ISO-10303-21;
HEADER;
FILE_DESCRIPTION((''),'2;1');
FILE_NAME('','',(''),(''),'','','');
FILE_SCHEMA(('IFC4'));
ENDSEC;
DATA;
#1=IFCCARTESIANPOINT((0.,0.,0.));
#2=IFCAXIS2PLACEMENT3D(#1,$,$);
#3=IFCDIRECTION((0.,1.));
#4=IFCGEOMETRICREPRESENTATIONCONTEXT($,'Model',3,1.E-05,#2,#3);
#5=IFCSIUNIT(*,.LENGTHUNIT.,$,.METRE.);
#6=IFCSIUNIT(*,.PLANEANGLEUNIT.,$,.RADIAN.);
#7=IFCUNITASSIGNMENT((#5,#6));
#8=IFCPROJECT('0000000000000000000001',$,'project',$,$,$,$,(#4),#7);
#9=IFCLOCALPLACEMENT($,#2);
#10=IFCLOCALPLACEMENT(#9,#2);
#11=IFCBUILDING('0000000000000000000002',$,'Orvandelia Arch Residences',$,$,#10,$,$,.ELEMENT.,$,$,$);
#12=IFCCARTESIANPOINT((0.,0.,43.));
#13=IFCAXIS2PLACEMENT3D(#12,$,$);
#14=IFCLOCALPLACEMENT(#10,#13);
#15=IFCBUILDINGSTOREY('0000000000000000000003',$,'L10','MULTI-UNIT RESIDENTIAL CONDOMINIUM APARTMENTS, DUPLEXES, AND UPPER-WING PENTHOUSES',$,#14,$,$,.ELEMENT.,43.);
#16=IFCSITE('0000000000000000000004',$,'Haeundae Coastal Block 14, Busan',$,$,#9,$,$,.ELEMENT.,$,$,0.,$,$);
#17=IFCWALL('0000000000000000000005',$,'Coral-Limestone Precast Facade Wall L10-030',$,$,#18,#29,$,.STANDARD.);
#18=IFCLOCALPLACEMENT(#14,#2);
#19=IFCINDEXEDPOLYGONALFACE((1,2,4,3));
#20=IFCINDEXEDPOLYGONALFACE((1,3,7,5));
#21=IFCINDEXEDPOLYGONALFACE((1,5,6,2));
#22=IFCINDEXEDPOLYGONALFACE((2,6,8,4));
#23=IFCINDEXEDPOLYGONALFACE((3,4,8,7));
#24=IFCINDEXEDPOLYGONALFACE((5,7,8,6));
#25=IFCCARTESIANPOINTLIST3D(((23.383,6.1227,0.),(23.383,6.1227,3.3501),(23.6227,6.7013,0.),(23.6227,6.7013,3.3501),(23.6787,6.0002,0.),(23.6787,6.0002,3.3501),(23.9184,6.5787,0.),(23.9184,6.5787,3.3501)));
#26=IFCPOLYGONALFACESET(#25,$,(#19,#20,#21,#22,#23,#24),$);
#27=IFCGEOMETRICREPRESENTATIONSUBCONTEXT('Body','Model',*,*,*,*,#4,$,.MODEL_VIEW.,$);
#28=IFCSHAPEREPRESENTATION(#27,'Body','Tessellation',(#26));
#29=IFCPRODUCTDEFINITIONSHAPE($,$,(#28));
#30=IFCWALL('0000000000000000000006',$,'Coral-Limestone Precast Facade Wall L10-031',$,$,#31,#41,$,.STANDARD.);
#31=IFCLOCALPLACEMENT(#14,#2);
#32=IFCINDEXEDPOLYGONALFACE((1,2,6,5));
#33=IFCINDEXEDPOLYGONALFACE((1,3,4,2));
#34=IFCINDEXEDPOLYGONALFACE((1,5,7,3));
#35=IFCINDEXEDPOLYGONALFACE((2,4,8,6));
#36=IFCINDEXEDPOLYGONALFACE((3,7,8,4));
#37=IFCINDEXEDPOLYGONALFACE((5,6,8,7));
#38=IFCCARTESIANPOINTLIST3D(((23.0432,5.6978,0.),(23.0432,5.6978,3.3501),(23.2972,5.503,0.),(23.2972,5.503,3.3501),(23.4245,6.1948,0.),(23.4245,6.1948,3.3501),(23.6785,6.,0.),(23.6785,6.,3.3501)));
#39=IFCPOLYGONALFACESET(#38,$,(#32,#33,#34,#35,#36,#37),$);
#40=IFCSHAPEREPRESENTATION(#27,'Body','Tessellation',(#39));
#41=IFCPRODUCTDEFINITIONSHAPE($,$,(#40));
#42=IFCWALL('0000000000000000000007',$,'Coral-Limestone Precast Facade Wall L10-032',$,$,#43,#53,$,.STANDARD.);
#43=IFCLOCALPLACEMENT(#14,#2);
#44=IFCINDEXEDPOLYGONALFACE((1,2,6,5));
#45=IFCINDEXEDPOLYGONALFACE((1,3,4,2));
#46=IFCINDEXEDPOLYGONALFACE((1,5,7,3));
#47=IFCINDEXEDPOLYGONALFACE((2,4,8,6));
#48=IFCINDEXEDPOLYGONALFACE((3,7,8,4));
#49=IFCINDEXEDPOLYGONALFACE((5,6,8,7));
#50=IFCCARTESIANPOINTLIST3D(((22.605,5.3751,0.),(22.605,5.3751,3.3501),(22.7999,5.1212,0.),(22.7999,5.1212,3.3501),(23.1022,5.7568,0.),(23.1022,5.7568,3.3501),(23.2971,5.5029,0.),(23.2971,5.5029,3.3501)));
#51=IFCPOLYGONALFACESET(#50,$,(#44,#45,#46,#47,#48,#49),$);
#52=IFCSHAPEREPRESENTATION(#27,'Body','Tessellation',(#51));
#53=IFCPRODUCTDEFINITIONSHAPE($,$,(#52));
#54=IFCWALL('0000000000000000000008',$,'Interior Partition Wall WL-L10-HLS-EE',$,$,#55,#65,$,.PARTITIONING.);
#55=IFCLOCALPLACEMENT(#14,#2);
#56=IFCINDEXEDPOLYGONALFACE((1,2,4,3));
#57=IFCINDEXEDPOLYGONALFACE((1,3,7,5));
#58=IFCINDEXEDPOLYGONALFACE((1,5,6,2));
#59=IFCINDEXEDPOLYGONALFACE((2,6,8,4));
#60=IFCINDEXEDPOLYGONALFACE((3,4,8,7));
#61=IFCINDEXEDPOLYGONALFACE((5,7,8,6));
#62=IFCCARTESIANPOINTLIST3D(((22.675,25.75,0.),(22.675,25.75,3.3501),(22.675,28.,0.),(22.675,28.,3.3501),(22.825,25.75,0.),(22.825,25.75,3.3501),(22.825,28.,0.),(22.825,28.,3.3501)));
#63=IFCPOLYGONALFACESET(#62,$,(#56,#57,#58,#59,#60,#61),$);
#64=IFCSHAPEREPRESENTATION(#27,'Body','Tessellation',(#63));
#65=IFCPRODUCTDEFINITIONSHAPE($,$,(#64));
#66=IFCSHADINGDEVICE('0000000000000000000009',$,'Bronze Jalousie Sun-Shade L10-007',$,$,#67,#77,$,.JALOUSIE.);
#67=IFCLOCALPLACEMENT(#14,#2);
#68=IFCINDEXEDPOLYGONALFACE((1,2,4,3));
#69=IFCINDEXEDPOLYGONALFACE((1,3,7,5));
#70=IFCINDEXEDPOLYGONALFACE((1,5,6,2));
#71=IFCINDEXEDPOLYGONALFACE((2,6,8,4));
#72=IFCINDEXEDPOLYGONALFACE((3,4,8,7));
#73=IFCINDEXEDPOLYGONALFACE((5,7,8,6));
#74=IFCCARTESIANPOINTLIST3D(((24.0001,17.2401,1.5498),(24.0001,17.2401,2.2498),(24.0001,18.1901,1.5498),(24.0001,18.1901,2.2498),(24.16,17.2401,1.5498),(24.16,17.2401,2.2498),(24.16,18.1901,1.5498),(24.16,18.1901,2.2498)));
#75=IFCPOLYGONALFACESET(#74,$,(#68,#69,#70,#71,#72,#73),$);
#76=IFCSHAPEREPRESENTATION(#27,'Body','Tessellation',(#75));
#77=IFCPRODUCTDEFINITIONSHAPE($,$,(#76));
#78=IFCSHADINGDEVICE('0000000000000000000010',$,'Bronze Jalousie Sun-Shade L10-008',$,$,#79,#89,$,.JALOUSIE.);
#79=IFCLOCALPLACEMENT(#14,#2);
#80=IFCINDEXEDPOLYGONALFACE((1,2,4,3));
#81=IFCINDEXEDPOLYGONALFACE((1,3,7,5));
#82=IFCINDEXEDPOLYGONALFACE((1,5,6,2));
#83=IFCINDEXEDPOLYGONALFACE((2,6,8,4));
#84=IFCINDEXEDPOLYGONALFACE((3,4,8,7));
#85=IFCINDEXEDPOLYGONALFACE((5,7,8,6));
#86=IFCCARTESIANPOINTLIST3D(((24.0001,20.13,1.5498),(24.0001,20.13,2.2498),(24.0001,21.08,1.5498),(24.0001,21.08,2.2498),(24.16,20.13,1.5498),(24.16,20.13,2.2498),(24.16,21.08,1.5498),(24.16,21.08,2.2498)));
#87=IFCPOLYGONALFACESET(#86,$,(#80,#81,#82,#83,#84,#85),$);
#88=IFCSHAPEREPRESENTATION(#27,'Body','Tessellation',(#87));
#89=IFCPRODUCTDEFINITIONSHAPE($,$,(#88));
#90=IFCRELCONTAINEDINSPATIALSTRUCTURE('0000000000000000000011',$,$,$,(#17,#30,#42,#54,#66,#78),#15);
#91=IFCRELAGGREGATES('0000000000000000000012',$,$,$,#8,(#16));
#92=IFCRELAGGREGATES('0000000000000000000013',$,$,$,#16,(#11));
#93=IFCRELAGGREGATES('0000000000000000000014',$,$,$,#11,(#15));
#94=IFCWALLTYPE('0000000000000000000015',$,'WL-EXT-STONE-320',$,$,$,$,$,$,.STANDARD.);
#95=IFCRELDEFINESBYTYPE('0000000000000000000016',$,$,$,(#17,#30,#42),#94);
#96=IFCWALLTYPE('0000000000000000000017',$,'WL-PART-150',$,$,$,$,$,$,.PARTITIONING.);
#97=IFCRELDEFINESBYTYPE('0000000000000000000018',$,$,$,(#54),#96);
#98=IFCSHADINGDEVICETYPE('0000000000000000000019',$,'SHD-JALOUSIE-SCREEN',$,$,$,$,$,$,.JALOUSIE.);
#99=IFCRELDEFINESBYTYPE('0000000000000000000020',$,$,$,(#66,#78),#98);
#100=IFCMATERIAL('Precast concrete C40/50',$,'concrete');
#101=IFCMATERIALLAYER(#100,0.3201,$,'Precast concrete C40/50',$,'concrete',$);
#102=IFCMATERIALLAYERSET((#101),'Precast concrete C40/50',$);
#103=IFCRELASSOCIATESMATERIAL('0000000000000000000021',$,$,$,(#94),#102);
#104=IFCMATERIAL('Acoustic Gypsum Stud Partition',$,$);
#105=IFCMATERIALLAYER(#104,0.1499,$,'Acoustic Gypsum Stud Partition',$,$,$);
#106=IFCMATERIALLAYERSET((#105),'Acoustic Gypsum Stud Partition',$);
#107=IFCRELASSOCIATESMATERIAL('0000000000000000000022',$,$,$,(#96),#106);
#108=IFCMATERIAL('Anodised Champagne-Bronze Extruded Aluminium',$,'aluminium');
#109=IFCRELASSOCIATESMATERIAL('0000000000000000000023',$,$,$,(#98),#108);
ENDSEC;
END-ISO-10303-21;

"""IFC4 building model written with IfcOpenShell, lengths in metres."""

from ifc_helpers import new_model, si_unit, direction, frame, frame_2d, origin, origin_2d, place, context, subcontext, project, spatial, rectangle, extrude, material, layer, layer_set, type_object, element, save


model = new_model("IFC4")

# Units and contexts
model_context = context("Model", 3, precision=1e-05, world=origin(), true_north=direction((0.0, 1.0)))
body_context = subcontext(model_context, "Body", "Model", "MODEL_VIEW")
ifc_project = project(units=[si_unit("LENGTHUNIT", "METRE"), si_unit("PLANEANGLEUNIT", "RADIAN")], contexts=[model_context])

# Site, building, storey
site_placement = place(None, origin())
site = spatial("IfcSite", under=ifc_project, at=site_placement, Name="Haeundae Coastal Block 14, Busan", CompositionType="ELEMENT", RefElevation=0.0)
building_placement = place(site_placement, origin())
building = spatial("IfcBuilding", under=site, at=building_placement, Name="Orvandelia Arch Residences", CompositionType="ELEMENT")
storey_placement = place(building_placement, frame((0.0, 0.0, 43.0)))
storey = spatial("IfcBuildingStorey", under=building, at=storey_placement, Name="L10", Description="MULTI-UNIT RESIDENTIAL CONDOMINIUM APARTMENTS, DUPLEXES, AND UPPER-WING PENTHOUSES", CompositionType="ELEMENT", Elevation=43.0)

# Shared definitions
ifc_material_1 = material(Name="Precast concrete C40/50", Category="concrete")
ifc_layer_1 = layer(ifc_material_1, 0.3201, Name="Precast concrete C40/50", Category="concrete")
ifc_layer_set_1 = layer_set([ifc_layer_1], Name="Precast concrete C40/50")
wall_type_1 = type_object("IfcWallType", Name="WL-EXT-STONE-320", PredefinedType="STANDARD", material=ifc_layer_set_1)

# Walls
wall_1_placement = place(storey_placement, frame((23.7705, 6.6399, 0.0), z_axis=(0.0, 0.0, 1.0), x_axis=(-0.382788, -0.923836, 0.0)))
element("IfcWall", 1, at=wall_1_placement, inside=storey, type_object=wall_type_1, Name="Coral-Limestone Precast Facade Wall L10-030", PredefinedType="STANDARD", context=body_context, shape_type="SweptSolid", body=[
    extrude(rectangle(XDim=0.6262, YDim=0.3201, at=frame_2d((0.313, 0.0))), origin(), (0.0, 0.0, 1.0), 3.3501),
])
wall_2_placement = place(storey_placement, frame((23.5515, 6.0974, 0.0), z_axis=(0.0, 0.0, 1.0), x_axis=(-0.608693, -0.793406, 0.0)))
element("IfcWall", 2, at=wall_2_placement, inside=storey, type_object=wall_type_1, Name="Coral-Limestone Precast Facade Wall L10-031", PredefinedType="STANDARD", context=body_context, shape_type="SweptSolid", body=[
    extrude(rectangle(XDim=0.6265, YDim=0.3201, at=frame_2d((0.3132, 0.0))), origin(), (0.0, 0.0, 1.0), 3.3501),
])
wall_3_placement = place(storey_placement, frame((23.1997, 5.6299, 0.0), z_axis=(0.0, 0.0, 1.0), x_axis=(-0.793217, -0.608939, 0.0)))
element("IfcWall", 3, at=wall_3_placement, inside=storey, type_object=wall_type_1, Name="Coral-Limestone Precast Facade Wall L10-032", PredefinedType="STANDARD", context=body_context, shape_type="SweptSolid", body=[
    extrude(rectangle(XDim=0.6267, YDim=0.3201, at=frame_2d((0.3135, 0.0))), origin(), (0.0, 0.0, 1.0), 3.3501),
])
ifc_material_2 = material(Name="Acoustic Gypsum Stud Partition")
ifc_layer_2 = layer(ifc_material_2, 0.1499, Name="Acoustic Gypsum Stud Partition")
ifc_layer_set_2 = layer_set([ifc_layer_2], Name="Acoustic Gypsum Stud Partition")
wall_type_2 = type_object("IfcWallType", Name="WL-PART-150", PredefinedType="PARTITIONING", material=ifc_layer_set_2)
wall_4_placement = place(storey_placement, frame((22.75, 25.75, 0.0), z_axis=(0.0, 0.0, 1.0), x_axis=(0.0, 1.0, 0.0)))
element("IfcWall", 4, at=wall_4_placement, inside=storey, type_object=wall_type_2, Name="Interior Partition Wall WL-L10-HLS-EE", PredefinedType="PARTITIONING", context=body_context, shape_type="SweptSolid", body=[
    extrude(rectangle(XDim=2.25, YDim=0.1499, at=frame_2d((1.125, 0.0))), origin(), (0.0, 0.0, 1.0), 3.3501),
])

# Shading devices
ifc_material_3 = material(Name="Anodised Champagne-Bronze Extruded Aluminium", Category="aluminium")
shading_device_type = type_object("IfcShadingDeviceType", Name="SHD-JALOUSIE-SCREEN", PredefinedType="JALOUSIE", material=ifc_material_3)
for number, where, z_axis, x_axis, name in (
    (5, (24.0801, 17.7151, 1.5498), (0.0, 0.0, 1.0), (0.0, -1.0, 0.0), "Bronze Jalousie Sun-Shade L10-007"),
    (6, (24.0801, 20.605, 1.5498), (0.0, 0.0, 1.0), (0.0, -1.0, 0.0), "Bronze Jalousie Sun-Shade L10-008"),
):
    element("IfcShadingDevice", number, at=place(storey_placement, frame(where, z_axis=z_axis, x_axis=x_axis)), inside=storey, type_object=shading_device_type, Name=name, PredefinedType="JALOUSIE", context=body_context, shape_type="SweptSolid", body=[
        extrude(rectangle(XDim=0.95, YDim=0.1599, at=origin_2d()), origin(), (0.0, 0.0, 1.0), 0.7),
    ])

save(model, "model.ifc")
